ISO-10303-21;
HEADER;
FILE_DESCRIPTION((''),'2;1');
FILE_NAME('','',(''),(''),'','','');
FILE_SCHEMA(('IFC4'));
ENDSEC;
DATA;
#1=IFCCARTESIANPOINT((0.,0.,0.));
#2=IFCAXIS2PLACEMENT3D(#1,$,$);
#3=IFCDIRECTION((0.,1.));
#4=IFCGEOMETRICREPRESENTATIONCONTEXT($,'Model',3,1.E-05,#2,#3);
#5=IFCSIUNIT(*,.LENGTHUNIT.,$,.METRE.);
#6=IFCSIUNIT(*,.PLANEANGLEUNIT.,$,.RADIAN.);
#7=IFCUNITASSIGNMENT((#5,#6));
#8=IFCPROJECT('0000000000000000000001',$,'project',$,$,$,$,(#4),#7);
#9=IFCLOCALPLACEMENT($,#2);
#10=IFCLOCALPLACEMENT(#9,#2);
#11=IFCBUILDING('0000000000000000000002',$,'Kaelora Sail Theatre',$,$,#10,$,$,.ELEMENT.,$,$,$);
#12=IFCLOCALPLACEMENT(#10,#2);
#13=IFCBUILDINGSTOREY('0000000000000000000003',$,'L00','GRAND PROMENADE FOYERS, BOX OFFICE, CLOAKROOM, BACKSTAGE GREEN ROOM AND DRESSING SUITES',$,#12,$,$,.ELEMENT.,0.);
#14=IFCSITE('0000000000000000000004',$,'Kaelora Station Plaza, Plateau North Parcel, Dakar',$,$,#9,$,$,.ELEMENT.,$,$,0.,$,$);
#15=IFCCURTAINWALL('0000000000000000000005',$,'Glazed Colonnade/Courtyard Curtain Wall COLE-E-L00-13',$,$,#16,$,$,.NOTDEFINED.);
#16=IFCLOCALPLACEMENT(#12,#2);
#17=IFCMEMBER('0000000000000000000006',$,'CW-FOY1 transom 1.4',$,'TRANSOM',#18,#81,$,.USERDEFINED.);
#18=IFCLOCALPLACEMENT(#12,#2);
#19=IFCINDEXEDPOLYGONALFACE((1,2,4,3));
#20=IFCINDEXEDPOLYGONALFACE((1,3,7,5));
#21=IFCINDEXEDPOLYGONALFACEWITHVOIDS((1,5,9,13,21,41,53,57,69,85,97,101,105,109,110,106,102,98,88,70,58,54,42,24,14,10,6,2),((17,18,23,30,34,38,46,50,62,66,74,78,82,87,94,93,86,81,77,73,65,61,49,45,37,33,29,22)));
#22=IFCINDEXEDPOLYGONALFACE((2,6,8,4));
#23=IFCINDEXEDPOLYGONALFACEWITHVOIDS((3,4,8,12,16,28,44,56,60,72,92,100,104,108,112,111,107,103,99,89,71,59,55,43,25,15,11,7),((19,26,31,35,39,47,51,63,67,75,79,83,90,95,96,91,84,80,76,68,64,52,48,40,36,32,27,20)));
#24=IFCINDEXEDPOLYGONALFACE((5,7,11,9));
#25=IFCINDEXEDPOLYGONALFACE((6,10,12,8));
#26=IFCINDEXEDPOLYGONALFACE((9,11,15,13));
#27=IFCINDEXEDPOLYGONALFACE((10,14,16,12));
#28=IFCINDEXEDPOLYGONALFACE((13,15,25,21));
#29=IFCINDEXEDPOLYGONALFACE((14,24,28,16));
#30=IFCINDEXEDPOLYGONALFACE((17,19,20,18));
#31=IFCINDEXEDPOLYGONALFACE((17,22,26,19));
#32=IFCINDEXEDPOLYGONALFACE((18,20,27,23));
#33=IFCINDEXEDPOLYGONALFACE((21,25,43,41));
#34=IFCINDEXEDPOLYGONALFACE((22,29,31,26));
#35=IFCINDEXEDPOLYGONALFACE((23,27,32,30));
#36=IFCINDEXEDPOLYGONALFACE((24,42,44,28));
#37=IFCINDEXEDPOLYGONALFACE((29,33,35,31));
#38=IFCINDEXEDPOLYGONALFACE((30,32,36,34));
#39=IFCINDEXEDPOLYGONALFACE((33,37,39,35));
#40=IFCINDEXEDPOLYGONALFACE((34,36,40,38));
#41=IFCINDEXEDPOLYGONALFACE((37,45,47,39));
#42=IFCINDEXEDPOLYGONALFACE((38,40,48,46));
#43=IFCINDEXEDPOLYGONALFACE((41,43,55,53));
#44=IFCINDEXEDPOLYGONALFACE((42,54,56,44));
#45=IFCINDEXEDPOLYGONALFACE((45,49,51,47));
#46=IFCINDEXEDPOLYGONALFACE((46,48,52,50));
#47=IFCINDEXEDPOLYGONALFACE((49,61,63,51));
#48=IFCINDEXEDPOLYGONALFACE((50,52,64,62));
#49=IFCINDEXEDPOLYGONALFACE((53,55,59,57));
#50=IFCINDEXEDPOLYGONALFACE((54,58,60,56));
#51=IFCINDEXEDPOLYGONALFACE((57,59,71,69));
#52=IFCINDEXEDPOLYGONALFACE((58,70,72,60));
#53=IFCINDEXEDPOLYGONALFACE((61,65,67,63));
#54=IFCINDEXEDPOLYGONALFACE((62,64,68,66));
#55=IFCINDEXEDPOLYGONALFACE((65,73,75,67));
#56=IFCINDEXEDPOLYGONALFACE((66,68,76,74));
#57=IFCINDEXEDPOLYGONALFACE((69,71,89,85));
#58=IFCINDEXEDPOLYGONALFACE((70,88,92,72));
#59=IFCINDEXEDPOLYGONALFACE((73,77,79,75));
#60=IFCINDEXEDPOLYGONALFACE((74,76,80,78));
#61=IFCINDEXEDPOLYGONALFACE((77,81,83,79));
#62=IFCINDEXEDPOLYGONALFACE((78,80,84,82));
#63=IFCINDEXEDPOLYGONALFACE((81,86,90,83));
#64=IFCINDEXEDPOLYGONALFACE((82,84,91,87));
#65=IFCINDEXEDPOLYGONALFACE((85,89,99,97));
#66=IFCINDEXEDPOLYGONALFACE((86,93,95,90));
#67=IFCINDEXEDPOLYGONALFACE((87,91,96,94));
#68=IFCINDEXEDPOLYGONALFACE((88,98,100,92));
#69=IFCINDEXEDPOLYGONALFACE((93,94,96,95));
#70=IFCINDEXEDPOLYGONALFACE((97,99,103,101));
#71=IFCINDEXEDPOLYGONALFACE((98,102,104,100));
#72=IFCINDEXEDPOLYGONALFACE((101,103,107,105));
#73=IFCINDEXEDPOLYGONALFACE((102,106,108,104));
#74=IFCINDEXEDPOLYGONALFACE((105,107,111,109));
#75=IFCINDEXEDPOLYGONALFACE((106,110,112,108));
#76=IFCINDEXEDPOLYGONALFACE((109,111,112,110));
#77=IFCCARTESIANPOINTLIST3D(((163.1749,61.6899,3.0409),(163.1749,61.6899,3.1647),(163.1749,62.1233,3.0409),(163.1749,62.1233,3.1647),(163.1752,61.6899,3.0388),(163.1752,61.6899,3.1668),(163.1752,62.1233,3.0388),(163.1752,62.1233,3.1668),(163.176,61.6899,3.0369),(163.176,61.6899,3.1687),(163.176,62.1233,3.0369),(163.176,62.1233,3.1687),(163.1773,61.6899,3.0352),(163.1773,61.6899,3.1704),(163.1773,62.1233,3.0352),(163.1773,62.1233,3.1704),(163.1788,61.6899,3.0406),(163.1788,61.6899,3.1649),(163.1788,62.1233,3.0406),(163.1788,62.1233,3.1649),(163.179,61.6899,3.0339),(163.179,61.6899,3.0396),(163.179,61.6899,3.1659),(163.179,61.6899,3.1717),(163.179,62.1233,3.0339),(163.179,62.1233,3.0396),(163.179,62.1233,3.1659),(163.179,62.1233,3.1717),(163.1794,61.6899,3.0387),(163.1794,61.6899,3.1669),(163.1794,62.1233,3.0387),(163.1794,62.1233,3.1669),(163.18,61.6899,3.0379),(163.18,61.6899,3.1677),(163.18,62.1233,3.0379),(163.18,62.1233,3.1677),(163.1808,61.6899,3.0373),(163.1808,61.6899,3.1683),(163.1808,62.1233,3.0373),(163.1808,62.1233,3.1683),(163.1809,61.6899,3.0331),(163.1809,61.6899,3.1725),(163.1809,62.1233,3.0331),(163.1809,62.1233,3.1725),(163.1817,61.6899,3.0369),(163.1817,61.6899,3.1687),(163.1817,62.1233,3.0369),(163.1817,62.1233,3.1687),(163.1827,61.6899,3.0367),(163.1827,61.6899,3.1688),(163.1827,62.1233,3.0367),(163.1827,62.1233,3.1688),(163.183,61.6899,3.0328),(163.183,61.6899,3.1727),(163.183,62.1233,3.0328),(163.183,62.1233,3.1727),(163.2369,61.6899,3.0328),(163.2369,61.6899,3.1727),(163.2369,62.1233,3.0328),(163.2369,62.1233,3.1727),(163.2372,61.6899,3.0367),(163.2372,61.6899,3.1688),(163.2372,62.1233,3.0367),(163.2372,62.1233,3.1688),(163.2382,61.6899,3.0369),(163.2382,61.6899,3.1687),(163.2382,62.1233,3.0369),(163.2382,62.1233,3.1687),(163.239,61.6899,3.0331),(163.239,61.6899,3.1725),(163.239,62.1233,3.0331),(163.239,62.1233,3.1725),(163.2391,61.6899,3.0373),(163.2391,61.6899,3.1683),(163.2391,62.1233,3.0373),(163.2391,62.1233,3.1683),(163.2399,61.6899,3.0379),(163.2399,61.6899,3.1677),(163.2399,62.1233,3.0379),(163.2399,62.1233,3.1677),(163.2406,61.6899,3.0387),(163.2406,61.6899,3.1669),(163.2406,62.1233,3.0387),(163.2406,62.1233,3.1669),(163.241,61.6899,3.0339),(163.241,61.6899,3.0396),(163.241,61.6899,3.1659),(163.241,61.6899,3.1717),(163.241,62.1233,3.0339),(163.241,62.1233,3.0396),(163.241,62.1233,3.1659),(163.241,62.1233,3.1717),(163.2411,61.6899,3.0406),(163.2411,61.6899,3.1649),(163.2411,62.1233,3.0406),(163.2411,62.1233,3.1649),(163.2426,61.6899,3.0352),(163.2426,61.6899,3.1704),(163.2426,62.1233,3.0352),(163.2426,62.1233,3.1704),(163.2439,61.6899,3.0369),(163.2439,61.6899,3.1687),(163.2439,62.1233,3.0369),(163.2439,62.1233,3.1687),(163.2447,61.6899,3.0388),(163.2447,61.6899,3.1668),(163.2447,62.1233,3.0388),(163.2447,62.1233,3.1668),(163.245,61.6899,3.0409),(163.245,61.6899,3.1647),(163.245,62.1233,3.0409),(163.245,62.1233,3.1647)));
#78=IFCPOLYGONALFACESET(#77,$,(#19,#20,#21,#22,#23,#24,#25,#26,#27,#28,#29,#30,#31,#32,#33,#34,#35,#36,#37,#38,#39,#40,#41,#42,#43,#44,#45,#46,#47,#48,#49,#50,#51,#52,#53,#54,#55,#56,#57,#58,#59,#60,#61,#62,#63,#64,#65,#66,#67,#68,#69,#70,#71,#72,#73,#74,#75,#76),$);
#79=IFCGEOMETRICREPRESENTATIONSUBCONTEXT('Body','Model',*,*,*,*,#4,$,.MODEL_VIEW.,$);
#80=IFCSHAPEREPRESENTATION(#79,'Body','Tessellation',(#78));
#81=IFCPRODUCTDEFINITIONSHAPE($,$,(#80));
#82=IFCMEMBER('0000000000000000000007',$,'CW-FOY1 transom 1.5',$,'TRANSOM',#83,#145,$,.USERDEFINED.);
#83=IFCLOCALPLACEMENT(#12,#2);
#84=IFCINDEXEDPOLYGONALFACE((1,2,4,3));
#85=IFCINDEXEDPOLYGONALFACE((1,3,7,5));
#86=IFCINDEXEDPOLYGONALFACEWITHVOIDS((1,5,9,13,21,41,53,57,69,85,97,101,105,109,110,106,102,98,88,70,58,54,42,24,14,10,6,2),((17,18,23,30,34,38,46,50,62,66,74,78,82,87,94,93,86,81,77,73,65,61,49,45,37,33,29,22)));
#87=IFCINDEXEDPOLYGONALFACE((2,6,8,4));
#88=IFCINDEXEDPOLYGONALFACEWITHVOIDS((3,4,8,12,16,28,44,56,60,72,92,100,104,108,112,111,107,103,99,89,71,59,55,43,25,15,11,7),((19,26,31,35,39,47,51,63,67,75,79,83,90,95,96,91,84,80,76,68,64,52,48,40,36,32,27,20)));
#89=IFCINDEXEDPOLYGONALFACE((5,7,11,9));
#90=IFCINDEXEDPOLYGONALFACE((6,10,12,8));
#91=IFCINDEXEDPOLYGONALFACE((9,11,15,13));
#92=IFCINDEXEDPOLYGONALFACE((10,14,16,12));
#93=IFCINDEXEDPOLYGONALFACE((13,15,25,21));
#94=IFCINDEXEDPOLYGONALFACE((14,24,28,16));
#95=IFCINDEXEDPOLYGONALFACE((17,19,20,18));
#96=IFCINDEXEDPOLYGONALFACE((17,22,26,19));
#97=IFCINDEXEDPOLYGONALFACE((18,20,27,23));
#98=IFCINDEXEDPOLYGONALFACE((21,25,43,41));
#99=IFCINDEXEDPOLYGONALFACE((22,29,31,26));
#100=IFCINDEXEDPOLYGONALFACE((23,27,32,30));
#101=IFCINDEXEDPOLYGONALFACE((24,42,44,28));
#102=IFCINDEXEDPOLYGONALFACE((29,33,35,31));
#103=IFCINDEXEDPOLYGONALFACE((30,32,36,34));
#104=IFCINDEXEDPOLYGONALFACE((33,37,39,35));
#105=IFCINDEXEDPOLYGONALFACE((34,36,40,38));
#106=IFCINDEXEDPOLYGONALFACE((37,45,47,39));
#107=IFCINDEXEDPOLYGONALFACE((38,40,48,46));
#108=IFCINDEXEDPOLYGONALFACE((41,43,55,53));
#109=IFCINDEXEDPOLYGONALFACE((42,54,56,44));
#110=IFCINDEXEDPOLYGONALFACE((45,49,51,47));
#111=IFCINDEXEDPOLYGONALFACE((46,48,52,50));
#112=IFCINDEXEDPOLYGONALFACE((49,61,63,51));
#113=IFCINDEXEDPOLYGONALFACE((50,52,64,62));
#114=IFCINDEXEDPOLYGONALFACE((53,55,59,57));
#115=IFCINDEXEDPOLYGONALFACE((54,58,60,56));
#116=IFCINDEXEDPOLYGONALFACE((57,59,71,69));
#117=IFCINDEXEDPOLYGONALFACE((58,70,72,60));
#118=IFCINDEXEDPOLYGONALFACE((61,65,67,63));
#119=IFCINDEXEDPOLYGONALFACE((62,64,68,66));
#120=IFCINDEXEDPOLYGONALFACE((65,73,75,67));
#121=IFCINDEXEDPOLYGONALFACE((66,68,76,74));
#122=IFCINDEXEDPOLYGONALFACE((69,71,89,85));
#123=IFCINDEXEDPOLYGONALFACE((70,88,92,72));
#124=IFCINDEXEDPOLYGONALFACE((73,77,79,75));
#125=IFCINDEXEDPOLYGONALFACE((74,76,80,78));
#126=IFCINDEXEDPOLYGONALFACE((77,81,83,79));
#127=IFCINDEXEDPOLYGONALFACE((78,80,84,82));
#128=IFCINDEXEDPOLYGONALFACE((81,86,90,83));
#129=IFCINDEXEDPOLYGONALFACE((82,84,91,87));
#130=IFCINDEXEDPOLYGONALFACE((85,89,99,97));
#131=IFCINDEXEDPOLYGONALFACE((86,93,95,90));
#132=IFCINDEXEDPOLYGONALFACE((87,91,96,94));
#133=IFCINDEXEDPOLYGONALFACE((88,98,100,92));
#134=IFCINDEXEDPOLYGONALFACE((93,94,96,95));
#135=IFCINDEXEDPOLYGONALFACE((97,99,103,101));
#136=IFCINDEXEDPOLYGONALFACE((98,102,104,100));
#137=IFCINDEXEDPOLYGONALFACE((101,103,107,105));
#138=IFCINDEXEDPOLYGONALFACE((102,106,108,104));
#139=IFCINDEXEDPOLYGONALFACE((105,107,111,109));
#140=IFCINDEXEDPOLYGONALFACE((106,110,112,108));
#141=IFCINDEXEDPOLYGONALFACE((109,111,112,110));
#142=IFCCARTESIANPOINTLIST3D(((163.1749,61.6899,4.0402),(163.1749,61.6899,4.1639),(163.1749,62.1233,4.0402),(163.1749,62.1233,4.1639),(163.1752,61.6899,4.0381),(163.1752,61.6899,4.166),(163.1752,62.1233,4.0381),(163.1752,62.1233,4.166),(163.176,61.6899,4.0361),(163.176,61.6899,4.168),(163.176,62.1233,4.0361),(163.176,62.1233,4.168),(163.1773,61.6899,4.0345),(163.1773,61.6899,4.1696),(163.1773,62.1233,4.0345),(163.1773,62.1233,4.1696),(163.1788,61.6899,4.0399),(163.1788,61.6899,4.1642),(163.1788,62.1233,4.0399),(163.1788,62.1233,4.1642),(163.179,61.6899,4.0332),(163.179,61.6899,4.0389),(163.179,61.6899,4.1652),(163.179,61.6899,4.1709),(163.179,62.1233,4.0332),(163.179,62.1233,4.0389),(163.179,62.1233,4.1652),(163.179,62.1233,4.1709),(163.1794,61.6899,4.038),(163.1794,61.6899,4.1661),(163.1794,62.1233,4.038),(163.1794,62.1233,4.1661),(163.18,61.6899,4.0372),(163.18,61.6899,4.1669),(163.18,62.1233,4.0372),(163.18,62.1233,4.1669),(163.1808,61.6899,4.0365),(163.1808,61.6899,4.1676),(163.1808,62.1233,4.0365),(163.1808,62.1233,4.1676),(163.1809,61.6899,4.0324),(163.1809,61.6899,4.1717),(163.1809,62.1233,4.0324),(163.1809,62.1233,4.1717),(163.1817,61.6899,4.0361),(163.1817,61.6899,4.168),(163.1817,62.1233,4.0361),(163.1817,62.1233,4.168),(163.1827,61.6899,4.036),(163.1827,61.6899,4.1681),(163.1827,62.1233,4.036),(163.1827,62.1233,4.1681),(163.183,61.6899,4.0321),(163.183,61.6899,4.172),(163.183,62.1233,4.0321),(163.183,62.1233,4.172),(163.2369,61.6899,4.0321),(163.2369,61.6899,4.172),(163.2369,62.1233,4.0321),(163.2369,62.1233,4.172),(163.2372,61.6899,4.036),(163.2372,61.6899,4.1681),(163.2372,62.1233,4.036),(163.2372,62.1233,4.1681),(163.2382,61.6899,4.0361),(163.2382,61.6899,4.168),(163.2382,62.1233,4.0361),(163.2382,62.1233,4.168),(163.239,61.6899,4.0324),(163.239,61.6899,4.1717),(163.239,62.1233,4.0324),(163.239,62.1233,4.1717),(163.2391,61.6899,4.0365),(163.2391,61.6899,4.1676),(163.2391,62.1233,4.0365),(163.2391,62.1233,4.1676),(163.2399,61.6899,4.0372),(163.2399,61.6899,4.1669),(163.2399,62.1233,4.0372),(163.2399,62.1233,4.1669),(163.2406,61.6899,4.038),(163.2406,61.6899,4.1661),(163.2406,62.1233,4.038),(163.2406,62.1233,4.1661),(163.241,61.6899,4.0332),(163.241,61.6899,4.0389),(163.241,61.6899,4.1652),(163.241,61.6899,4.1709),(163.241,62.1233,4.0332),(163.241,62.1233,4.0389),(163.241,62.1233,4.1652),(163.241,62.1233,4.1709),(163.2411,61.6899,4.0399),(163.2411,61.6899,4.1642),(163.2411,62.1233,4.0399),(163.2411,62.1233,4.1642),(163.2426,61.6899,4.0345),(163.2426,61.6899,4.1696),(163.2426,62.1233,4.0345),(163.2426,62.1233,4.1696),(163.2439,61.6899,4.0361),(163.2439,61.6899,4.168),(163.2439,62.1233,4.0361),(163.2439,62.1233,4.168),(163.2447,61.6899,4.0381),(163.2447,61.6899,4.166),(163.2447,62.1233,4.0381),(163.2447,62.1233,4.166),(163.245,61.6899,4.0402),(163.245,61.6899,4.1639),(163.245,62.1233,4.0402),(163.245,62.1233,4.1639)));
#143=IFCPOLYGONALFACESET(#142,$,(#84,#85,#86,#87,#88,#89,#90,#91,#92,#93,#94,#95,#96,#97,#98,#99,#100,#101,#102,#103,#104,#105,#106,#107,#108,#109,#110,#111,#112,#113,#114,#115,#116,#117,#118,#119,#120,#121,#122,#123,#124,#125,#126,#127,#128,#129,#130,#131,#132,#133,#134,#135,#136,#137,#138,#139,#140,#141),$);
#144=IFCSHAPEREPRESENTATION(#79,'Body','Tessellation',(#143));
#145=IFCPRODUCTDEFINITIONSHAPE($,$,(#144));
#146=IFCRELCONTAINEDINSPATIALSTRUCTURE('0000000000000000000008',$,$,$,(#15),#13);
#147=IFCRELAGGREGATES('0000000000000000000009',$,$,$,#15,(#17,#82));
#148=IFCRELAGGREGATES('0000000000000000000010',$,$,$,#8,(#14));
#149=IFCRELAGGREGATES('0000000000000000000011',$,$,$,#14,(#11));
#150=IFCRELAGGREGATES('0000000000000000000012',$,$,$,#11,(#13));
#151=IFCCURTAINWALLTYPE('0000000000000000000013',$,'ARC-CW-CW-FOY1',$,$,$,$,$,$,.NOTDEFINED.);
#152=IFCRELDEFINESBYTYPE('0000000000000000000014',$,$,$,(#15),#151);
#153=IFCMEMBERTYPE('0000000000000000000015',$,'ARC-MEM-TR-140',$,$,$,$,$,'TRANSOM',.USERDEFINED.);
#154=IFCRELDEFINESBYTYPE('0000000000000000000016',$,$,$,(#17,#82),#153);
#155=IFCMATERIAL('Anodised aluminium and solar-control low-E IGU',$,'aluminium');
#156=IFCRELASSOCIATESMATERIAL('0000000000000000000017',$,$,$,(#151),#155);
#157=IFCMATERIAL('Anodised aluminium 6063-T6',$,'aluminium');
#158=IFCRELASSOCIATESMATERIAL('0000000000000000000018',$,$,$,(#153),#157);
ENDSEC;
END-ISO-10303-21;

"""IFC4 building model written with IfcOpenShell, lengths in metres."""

from ifc_helpers import new_model, si_unit, direction, frame, origin, origin_2d, place, context, subcontext, project, spatial, hollow_rectangle, extrude, material, material_profile, profile_set, type_object, element, aggregate, save


model = new_model("IFC4")

# Units and contexts
model_context = context("Model", 3, precision=1e-05, world=origin(), true_north=direction((0.0, 1.0)))
body_context = subcontext(model_context, "Body", "Model", "MODEL_VIEW")
ifc_project = project(units=[si_unit("LENGTHUNIT", "METRE"), si_unit("PLANEANGLEUNIT", "RADIAN")], contexts=[model_context])

# Site, building, storey
site_placement = place(None, origin())
site = spatial("IfcSite", under=ifc_project, at=site_placement, Name="Kaelora Station Plaza, Plateau North Parcel, Dakar", CompositionType="ELEMENT", RefElevation=0.0)
building_placement = place(site_placement, origin())
building = spatial("IfcBuilding", under=site, at=building_placement, Name="Kaelora Sail Theatre", CompositionType="ELEMENT")
storey_placement = place(building_placement, origin())
storey = spatial("IfcBuildingStorey", under=building, at=storey_placement, Name="L00", Description="GRAND PROMENADE FOYERS, BOX OFFICE, CLOAKROOM, BACKSTAGE GREEN ROOM AND DRESSING SUITES", CompositionType="ELEMENT", Elevation=0.0)

# Shared definitions
ifc_material_1 = material(Name="Anodised aluminium and solar-control low-E IGU", Category="aluminium")
curtain_wall_type = type_object("IfcCurtainWallType", Name="ARC-CW-CW-FOY1", PredefinedType="NOTDEFINED", material=ifc_material_1)

# Curtain wall, members
curtain_wall_1_placement = place(storey_placement, origin())
curtain_wall_1 = element("IfcCurtainWall", 1, at=curtain_wall_1_placement, inside=storey, type_object=curtain_wall_type, Name="Glazed Colonnade/Courtyard Curtain Wall COLE-E-L00-13", PredefinedType="NOTDEFINED")
ifc_material_2 = material(Name="Anodised aluminium 6063-T6", Category="aluminium")
ifc_material_profile_1 = material_profile(ifc_material_2, hollow_rectangle(XDim=0.0701, YDim=0.1399, WallThickness=0.0039, InnerFilletRadius=0.0039, OuterFilletRadius=0.0081, at=origin_2d()), Name="ALU-TRAN 70x140x4")
ifc_profile_set_1 = profile_set([ifc_material_profile_1], Name="Anodised aluminium 6063-T6")
member_type_1 = type_object("IfcMemberType", Name="ARC-MEM-TR-140", ElementType="TRANSOM", PredefinedType="USERDEFINED", material=ifc_profile_set_1)
member_1_placement = place(storey_placement, frame((163.21, 61.6899, 3.1028), z_axis=(0.0, 1.0, 0.0), x_axis=(-1.0, 0.0, 0.0)))
member_1 = element("IfcMember", 2, at=member_1_placement, type_object=member_type_1, Name="CW-FOY1 transom 1.4", ObjectType="TRANSOM", PredefinedType="USERDEFINED", context=body_context, shape_type="SweptSolid", body=[
    extrude(hollow_rectangle(XDim=0.0701, YDim=0.1399, WallThickness=0.0039, InnerFilletRadius=0.0039, OuterFilletRadius=0.0081, at=origin_2d()), origin(), (0.0, 0.0, 1.0), 0.4333),
])
member_2_placement = place(storey_placement, frame((163.21, 61.6899, 4.1021), z_axis=(0.0, 1.0, 0.0), x_axis=(-1.0, 0.0, 0.0)))
member_2 = element("IfcMember", 3, at=member_2_placement, type_object=member_type_1, Name="CW-FOY1 transom 1.5", ObjectType="TRANSOM", PredefinedType="USERDEFINED", context=body_context, shape_type="SweptSolid", body=[
    extrude(hollow_rectangle(XDim=0.0701, YDim=0.1399, WallThickness=0.0039, InnerFilletRadius=0.0039, OuterFilletRadius=0.0081, at=origin_2d()), origin(), (0.0, 0.0, 1.0), 0.4333),
])

aggregate(curtain_wall_1, [member_1, member_2])

save(model, "model.ifc")
